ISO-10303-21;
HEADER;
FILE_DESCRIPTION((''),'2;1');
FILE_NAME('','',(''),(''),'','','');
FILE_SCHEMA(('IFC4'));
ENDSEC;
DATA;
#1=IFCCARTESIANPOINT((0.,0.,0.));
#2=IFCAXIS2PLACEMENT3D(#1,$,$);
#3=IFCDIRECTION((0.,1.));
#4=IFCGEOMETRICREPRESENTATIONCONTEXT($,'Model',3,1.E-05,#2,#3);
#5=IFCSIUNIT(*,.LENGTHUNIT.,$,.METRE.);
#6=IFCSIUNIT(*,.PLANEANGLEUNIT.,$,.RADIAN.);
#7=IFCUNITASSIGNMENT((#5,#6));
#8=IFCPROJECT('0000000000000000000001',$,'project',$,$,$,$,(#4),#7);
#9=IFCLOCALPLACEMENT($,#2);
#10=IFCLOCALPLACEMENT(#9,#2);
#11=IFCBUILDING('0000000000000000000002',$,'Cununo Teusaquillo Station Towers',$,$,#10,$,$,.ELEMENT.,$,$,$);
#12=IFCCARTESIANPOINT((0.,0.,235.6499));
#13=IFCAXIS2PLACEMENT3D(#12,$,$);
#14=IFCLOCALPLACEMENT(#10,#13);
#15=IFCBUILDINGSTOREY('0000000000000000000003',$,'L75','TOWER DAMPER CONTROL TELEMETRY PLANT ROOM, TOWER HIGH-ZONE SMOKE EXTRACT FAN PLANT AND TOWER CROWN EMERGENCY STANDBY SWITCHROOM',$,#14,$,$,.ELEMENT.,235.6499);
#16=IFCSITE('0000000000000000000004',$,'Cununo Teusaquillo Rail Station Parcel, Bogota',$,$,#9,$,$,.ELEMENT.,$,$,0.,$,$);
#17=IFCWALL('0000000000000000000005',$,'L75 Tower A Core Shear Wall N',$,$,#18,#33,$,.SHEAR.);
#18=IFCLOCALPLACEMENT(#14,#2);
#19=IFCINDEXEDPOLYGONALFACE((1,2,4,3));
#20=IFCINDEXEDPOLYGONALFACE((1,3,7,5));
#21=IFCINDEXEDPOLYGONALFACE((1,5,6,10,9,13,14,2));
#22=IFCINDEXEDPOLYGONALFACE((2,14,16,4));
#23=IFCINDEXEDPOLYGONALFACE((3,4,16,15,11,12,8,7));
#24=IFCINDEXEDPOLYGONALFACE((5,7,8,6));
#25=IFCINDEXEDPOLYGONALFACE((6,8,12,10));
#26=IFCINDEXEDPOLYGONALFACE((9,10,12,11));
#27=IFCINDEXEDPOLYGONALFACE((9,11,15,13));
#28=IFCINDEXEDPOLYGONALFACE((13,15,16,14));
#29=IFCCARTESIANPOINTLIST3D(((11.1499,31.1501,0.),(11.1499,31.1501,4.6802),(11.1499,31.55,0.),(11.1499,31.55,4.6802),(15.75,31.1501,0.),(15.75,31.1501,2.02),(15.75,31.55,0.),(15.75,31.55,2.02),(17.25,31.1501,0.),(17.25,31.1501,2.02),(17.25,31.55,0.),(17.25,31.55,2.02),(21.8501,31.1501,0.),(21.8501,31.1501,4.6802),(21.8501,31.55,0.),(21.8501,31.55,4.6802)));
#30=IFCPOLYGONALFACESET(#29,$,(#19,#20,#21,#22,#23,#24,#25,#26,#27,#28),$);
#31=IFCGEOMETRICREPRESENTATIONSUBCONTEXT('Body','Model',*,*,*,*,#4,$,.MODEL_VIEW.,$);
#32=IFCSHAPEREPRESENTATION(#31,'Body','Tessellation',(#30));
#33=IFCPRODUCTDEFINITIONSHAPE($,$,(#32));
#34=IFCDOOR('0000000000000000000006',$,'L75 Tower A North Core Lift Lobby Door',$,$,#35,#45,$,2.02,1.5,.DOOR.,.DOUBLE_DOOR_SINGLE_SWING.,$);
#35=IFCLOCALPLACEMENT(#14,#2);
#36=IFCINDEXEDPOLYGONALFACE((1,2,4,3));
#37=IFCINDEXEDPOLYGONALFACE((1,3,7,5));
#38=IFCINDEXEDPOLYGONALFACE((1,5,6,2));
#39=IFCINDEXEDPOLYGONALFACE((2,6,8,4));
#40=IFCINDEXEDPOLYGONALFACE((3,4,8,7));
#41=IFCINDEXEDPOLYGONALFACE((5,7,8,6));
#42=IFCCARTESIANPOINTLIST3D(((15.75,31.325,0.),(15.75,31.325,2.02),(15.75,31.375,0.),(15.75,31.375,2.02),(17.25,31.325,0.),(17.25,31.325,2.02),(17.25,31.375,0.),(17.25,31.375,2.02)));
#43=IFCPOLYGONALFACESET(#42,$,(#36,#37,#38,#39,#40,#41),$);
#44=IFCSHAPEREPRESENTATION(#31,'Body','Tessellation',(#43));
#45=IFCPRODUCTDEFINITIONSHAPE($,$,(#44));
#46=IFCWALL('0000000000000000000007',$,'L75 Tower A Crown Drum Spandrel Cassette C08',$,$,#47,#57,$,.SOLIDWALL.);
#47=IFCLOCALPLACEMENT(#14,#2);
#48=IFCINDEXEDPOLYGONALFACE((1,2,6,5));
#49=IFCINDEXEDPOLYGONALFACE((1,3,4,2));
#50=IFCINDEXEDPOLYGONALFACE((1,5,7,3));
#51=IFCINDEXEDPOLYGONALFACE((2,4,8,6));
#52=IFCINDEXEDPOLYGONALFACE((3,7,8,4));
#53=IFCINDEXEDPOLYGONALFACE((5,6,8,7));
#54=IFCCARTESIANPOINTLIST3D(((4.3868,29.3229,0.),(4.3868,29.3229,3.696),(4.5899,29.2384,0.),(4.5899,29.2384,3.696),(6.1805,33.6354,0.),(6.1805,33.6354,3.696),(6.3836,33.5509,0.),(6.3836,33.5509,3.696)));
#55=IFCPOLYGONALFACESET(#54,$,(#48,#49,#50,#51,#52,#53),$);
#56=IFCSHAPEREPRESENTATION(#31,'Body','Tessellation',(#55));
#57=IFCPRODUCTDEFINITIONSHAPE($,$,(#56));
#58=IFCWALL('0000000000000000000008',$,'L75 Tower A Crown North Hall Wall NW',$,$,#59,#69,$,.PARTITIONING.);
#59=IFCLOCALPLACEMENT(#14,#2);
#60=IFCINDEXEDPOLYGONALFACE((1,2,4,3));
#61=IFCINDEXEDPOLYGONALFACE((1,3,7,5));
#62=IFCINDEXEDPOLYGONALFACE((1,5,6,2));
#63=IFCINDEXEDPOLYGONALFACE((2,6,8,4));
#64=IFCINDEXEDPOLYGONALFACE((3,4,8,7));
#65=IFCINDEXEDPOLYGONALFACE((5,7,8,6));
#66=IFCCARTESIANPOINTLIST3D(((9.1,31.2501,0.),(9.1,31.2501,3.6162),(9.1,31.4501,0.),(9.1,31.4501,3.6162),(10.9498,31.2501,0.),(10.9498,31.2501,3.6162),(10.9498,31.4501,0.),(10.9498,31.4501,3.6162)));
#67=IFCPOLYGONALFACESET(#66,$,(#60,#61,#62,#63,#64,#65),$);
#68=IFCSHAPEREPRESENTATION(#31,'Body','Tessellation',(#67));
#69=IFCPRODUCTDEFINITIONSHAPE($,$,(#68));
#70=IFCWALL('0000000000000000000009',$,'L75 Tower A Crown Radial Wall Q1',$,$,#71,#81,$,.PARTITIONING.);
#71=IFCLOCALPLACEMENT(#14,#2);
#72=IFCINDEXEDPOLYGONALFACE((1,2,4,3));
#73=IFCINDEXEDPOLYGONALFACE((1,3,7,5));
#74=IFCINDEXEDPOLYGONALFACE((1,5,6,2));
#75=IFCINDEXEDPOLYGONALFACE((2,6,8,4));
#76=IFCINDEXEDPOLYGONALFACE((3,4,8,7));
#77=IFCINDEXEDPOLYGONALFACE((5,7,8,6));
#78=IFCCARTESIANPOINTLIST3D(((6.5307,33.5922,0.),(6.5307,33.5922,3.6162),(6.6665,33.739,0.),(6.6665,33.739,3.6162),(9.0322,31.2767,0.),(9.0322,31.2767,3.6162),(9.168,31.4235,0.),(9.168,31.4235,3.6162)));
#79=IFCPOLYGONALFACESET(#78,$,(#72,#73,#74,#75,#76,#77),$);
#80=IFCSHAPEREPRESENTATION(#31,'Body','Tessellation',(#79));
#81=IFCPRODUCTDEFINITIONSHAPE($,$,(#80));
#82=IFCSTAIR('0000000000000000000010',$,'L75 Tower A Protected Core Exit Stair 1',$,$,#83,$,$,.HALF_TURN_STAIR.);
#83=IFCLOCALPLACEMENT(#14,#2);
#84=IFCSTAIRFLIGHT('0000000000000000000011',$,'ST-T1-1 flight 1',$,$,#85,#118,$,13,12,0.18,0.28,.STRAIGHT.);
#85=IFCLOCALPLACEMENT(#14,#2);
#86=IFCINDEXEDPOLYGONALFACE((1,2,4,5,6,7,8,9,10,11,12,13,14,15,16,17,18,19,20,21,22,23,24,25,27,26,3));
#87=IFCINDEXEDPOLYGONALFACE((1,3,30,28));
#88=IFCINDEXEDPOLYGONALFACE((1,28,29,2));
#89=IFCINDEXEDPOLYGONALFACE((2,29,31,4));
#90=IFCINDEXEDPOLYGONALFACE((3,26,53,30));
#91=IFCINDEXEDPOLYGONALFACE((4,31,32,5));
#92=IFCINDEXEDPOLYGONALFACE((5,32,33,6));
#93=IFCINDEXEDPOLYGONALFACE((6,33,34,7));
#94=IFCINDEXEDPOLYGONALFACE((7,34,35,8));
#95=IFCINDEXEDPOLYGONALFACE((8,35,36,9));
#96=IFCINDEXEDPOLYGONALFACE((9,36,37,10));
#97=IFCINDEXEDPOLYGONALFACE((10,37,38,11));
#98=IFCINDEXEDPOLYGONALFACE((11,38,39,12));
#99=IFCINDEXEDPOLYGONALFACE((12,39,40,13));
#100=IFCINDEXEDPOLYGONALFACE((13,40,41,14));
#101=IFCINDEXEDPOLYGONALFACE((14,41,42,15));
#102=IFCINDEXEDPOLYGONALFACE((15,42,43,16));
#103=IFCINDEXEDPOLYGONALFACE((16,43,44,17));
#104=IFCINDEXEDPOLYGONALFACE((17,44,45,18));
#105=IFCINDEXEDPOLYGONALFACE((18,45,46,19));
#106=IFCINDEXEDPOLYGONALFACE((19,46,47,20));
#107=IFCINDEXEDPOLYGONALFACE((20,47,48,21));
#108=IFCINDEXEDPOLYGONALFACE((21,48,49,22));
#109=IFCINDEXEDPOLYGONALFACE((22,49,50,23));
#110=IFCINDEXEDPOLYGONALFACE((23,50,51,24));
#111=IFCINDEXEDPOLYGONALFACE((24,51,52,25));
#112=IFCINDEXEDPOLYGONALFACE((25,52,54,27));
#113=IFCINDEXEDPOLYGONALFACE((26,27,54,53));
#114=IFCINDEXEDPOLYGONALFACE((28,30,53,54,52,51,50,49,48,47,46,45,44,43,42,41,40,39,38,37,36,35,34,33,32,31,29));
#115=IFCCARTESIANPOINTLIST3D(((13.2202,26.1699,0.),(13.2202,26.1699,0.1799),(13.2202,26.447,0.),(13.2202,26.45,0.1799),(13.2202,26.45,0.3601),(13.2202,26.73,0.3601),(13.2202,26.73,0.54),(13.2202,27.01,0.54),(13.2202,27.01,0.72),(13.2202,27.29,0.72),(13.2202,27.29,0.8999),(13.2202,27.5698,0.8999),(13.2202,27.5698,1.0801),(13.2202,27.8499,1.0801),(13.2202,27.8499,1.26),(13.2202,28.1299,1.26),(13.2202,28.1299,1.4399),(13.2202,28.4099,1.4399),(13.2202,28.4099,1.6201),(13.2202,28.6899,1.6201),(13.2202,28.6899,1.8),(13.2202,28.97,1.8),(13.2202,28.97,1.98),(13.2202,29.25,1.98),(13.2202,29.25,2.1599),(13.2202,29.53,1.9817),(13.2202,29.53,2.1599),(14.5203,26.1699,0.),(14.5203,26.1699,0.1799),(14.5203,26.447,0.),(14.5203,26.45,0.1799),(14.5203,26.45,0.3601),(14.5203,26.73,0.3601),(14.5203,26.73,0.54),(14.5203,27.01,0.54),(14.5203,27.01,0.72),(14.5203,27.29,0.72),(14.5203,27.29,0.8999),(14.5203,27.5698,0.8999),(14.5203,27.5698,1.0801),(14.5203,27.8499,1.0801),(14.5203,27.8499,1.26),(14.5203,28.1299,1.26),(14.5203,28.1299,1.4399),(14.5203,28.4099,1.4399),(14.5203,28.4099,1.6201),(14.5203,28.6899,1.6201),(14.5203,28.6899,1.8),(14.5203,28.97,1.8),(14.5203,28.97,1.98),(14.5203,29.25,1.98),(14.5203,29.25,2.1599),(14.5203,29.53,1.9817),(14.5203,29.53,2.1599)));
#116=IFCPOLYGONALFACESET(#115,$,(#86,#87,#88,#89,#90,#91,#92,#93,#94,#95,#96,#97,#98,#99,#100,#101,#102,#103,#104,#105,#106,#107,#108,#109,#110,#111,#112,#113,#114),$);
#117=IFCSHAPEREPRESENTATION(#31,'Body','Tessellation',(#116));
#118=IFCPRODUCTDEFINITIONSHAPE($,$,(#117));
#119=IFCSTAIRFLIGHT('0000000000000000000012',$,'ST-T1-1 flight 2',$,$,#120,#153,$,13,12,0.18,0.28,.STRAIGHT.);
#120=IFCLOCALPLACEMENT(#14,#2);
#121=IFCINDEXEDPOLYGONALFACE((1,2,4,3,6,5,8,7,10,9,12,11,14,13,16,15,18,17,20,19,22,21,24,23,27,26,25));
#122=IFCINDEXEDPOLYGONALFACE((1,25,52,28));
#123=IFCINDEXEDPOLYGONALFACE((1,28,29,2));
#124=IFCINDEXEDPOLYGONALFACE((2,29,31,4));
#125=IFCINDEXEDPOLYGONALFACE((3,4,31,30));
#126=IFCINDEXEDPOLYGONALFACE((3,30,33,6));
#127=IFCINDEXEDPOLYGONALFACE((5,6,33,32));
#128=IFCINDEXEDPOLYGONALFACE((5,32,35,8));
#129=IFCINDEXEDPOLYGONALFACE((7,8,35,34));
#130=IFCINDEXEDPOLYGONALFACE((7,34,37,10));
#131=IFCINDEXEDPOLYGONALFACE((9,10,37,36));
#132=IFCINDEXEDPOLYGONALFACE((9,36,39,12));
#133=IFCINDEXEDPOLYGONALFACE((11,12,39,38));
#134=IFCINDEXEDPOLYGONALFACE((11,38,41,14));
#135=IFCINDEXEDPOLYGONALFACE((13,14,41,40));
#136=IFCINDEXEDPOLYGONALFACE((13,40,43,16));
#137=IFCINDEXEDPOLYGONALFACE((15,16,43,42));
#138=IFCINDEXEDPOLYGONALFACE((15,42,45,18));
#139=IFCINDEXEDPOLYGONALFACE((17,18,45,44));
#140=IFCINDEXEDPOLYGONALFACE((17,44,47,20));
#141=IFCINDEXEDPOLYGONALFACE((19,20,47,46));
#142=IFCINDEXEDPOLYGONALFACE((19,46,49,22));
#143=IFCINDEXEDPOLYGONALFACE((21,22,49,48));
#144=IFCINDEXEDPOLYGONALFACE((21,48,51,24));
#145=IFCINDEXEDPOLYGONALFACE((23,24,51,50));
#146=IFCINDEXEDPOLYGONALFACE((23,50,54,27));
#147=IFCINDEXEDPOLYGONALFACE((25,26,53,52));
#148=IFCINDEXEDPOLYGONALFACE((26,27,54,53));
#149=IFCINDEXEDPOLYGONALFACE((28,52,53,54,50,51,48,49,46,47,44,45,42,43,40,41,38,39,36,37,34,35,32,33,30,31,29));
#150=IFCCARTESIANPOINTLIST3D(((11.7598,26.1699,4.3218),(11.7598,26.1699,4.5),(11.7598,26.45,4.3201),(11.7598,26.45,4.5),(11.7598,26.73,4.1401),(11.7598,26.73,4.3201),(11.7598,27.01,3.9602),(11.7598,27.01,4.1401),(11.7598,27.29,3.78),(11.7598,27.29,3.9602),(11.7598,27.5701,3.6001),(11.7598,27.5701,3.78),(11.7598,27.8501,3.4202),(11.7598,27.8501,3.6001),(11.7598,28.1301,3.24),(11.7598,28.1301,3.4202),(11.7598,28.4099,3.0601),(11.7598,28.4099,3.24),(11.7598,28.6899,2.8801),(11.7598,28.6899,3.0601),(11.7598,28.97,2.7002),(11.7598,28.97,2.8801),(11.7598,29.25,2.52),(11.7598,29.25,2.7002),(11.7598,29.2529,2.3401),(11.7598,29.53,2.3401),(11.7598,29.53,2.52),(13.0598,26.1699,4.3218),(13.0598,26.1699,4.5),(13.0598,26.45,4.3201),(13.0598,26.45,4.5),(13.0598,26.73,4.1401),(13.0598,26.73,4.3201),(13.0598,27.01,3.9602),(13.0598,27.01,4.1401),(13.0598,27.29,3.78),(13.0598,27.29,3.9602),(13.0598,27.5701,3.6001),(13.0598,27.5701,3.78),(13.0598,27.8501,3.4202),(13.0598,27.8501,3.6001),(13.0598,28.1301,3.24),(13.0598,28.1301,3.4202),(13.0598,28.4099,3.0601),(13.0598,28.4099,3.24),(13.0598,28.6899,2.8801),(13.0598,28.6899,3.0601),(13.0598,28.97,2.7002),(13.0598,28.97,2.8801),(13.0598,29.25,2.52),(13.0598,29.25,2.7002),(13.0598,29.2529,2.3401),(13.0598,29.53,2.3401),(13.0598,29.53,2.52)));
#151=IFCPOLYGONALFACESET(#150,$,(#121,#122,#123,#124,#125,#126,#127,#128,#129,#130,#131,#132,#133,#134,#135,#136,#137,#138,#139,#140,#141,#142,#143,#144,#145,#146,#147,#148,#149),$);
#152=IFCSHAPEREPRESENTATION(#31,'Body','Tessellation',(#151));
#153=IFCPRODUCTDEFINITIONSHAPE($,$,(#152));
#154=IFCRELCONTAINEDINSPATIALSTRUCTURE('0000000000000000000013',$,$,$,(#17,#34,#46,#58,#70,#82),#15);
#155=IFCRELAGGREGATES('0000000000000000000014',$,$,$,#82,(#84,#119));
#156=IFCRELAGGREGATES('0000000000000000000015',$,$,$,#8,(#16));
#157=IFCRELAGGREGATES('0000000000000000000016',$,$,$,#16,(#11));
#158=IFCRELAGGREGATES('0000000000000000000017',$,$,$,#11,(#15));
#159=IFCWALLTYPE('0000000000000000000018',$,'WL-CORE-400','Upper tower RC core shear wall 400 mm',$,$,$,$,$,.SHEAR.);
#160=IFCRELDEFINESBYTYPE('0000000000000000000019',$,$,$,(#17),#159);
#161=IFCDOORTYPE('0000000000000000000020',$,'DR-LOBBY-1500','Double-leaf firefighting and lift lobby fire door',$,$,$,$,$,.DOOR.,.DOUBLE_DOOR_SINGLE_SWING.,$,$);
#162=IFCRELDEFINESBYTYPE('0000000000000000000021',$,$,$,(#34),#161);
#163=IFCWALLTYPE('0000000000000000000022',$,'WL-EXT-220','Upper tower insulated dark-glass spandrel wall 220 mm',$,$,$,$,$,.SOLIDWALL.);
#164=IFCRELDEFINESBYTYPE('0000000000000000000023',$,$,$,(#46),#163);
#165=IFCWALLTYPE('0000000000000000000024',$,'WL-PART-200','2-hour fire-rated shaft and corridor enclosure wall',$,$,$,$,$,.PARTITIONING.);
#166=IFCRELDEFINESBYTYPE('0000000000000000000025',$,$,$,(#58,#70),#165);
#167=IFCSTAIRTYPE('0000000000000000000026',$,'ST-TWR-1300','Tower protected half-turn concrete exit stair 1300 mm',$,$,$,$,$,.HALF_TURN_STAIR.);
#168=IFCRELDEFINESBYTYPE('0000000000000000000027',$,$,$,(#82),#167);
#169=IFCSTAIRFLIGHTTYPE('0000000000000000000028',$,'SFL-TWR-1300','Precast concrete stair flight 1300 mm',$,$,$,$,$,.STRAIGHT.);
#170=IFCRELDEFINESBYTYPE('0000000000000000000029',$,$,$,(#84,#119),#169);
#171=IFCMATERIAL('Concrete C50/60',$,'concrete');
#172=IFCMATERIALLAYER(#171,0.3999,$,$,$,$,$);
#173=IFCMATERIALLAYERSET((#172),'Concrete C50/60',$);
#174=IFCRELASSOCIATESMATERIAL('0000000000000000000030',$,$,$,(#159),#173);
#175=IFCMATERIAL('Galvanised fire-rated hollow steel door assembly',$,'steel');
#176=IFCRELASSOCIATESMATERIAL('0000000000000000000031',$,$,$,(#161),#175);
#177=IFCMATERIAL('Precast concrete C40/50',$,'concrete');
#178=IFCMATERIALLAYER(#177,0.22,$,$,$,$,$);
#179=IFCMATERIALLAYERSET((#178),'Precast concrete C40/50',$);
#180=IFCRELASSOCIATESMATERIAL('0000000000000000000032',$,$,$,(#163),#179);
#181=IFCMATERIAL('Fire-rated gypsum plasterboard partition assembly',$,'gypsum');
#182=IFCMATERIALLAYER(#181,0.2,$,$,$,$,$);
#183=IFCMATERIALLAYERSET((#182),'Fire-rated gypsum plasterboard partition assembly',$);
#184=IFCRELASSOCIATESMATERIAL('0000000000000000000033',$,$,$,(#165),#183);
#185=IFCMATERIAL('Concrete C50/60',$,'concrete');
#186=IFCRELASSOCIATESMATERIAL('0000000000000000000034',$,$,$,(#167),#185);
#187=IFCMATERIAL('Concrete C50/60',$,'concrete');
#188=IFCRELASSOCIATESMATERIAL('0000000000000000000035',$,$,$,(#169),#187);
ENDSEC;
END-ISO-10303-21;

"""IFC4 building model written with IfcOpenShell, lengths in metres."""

from ifc_helpers import new_model, si_unit, direction, frame, frame_2d, origin, place, context, subcontext, project, spatial, polyline, rectangle, outline, extrude, source, transform, mapped, material, layer, layer_set, type_object, element, fill, aggregate, save


model = new_model("IFC4")

# Units and contexts
model_context = context("Model", 3, precision=1e-05, world=origin(), true_north=direction((0.0, 1.0)))
body_context = subcontext(model_context, "Body", "Model", "MODEL_VIEW")
ifc_project = project(units=[si_unit("LENGTHUNIT", "METRE"), si_unit("PLANEANGLEUNIT", "RADIAN")], contexts=[model_context])

# Site, building, storey
site_placement = place(None, origin())
site = spatial("IfcSite", under=ifc_project, at=site_placement, Name="Cununo Teusaquillo Rail Station Parcel, Bogota", CompositionType="ELEMENT", RefElevation=0.0)
building_placement = place(site_placement, origin())
building = spatial("IfcBuilding", under=site, at=building_placement, Name="Cununo Teusaquillo Station Towers", CompositionType="ELEMENT")
storey_placement = place(building_placement, frame((0.0, 0.0, 235.6499)))
storey = spatial("IfcBuildingStorey", under=building, at=storey_placement, Name="L75", Description="TOWER DAMPER CONTROL TELEMETRY PLANT ROOM, TOWER HIGH-ZONE SMOKE EXTRACT FAN PLANT AND TOWER CROWN EMERGENCY STANDBY SWITCHROOM", CompositionType="ELEMENT", Elevation=235.6499)

# Wall, opening, door
ifc_material_1 = material(Name="Concrete C50/60", Category="concrete")
ifc_layer_1 = layer(ifc_material_1, 0.3999)
ifc_layer_set_1 = layer_set([ifc_layer_1], Name="Concrete C50/60")
wall_type_1 = type_object("IfcWallType", Name="WL-CORE-400", Description="Upper tower RC core shear wall 400 mm", PredefinedType="SHEAR", material=ifc_layer_set_1)
wall_1_placement = place(storey_placement, frame((11.1499, 31.3501, 0.0), z_axis=(0.0, 0.0, 1.0), x_axis=(1.0, 0.0, 0.0)))
wall_1 = element("IfcWall", 1, at=wall_1_placement, inside=storey, type_object=wall_type_1, Name="L75 Tower A Core Shear Wall N", PredefinedType="SHEAR", context=body_context, shape_type="SweptSolid", body=[
    extrude(rectangle(XDim=10.7002, YDim=0.3999, at=frame_2d((5.3501, 0.0))), origin(), (0.0, 0.0, 1.0), 4.6802),
])
shared_shape_1 = source(origin(), body_context, "Body", "SweptSolid", [
    extrude(rectangle(XDim=1.5, YDim=2.02, at=frame_2d((0.75, 1.01))), frame((0.0, 0.21, 0.0), z_axis=(0.0, -1.0, 0.0), x_axis=(1.0, 0.0, 0.0)), (0.0, 0.0, 1.0), 0.4199),
])
opening_placement = place(wall_1_placement, frame((4.6001, 0.0, 0.0)))
opening = element("IfcOpeningElement", 2, at=opening_placement, cuts=wall_1, PredefinedType="OPENING", context=body_context, shape_type="MappedRepresentation", body=[
    mapped(shared_shape_1, transform((0.0, 0.0, 0.0), x_axis=(1.0, 0.0, 0.0), y_axis=(0.0, 1.0, 0.0), z_axis=(0.0, 0.0, 1.0), scale=1.0)),
])
ifc_material_2 = material(Name="Galvanised fire-rated hollow steel door assembly", Category="steel")
door_type = type_object("IfcDoorType", Name="DR-LOBBY-1500", Description="Double-leaf firefighting and lift lobby fire door", OperationType="DOUBLE_DOOR_SINGLE_SWING", PredefinedType="DOOR", material=ifc_material_2)
shared_shape_2 = source(origin(), body_context, "Body", "SweptSolid", [
    extrude(rectangle(XDim=1.5, YDim=2.02, at=frame_2d((0.75, 1.01))), frame((0.0, 0.0249, 0.0), z_axis=(0.0, -1.0, 0.0), x_axis=(1.0, 0.0, 0.0)), (0.0, 0.0, 1.0), 0.05),
])
door_placement = place(opening_placement, origin())
door = element("IfcDoor", 3, at=door_placement, inside=storey, type_object=door_type, Name="L75 Tower A North Core Lift Lobby Door", OperationType="DOUBLE_DOOR_SINGLE_SWING", OverallHeight=2.02, OverallWidth=1.5, PredefinedType="DOOR", context=body_context, shape_type="MappedRepresentation", body=[
    mapped(shared_shape_2, transform((0.0, 0.0, 0.0), x_axis=(1.0, 0.0, 0.0), y_axis=(0.0, 1.0, 0.0), z_axis=(0.0, 0.0, 1.0), scale=1.0)),
])
fill(opening, door)

# Walls
ifc_material_3 = material(Name="Precast concrete C40/50", Category="concrete")
ifc_layer_2 = layer(ifc_material_3, 0.22)
ifc_layer_set_2 = layer_set([ifc_layer_2], Name="Precast concrete C40/50")
wall_type_2 = type_object("IfcWallType", Name="WL-EXT-220", Description="Upper tower insulated dark-glass spandrel wall 220 mm", PredefinedType="SOLIDWALL", material=ifc_layer_set_2)
wall_2_placement = place(storey_placement, frame((4.4883, 29.2805, 0.0), z_axis=(0.0, 0.0, 1.0), x_axis=(0.384036, 0.923318, 0.0)))
element("IfcWall", 4, at=wall_2_placement, inside=storey, type_object=wall_type_2, Name="L75 Tower A Crown Drum Spandrel Cassette C08", PredefinedType="SOLIDWALL", context=body_context, shape_type="SweptSolid", body=[
    extrude(rectangle(XDim=4.6707, YDim=0.22, at=frame_2d((2.3354, 0.0))), origin(), (0.0, 0.0, 1.0), 3.696),
])
ifc_material_4 = material(Name="Fire-rated gypsum plasterboard partition assembly", Category="gypsum")
ifc_layer_3 = layer(ifc_material_4, 0.2)
ifc_layer_set_3 = layer_set([ifc_layer_3], Name="Fire-rated gypsum plasterboard partition assembly")
wall_type_3 = type_object("IfcWallType", Name="WL-PART-200", Description="2-hour fire-rated shaft and corridor enclosure wall", PredefinedType="PARTITIONING", material=ifc_layer_set_3)
wall_3_placement = place(storey_placement, frame((9.1001, 31.3501, 0.0), z_axis=(0.0, 0.0, 1.0), x_axis=(1.0, 0.0, 0.0)))
element("IfcWall", 5, at=wall_3_placement, inside=storey, type_object=wall_type_3, Name="L75 Tower A Crown North Hall Wall NW", PredefinedType="PARTITIONING", context=body_context, shape_type="SweptSolid", body=[
    extrude(rectangle(XDim=1.8499, YDim=0.2, at=frame_2d((0.9248, 0.0))), origin(), (0.0, 0.0, 1.0), 3.6162),
])
wall_4_placement = place(storey_placement, frame((9.1001, 31.3501, 0.0), z_axis=(0.0, 0.0, 1.0), x_axis=(-0.733869, 0.679291, 0.0)))
element("IfcWall", 6, at=wall_4_placement, inside=storey, type_object=wall_type_3, Name="L75 Tower A Crown Radial Wall Q1", PredefinedType="PARTITIONING", context=body_context, shape_type="SweptSolid", body=[
    extrude(rectangle(XDim=3.4087, YDim=0.2, at=frame_2d((1.7043, 0.0))), origin(), (0.0, 0.0, 1.0), 3.6162),
])

# Stair, stair flights
ifc_material_5 = material(Name="Concrete C50/60", Category="concrete")
stair_type = type_object("IfcStairType", Name="ST-TWR-1300", Description="Tower protected half-turn concrete exit stair 1300 mm", PredefinedType="HALF_TURN_STAIR", material=ifc_material_5)
stair_placement = place(storey_placement, origin())
stair = element("IfcStair", 7, at=stair_placement, inside=storey, type_object=stair_type, Name="L75 Tower A Protected Core Exit Stair 1", PredefinedType="HALF_TURN_STAIR")
ifc_material_6 = material(Name="Concrete C50/60", Category="concrete")
stair_flight_type = type_object("IfcStairFlightType", Name="SFL-TWR-1300", Description="Precast concrete stair flight 1300 mm", PredefinedType="STRAIGHT", material=ifc_material_6)
stair_flight_1_placement = place(storey_placement, frame((13.8701, 26.1699, 0.0), z_axis=(0.0, 0.0, 1.0), x_axis=(0.0, 1.0, 0.0)))
stair_flight_1 = element("IfcStairFlight", 8, at=stair_flight_1_placement, type_object=stair_flight_type, Name="ST-T1-1 flight 1", NumberOfRisers=13, NumberOfTreads=12, PredefinedType="STRAIGHT", RiserHeight=0.18, TreadLength=0.28, context=body_context, shape_type="SweptSolid", body=[
    extrude(outline(polyline([(0.0, 0.0), (0.0, 0.1799), (0.28, 0.1799), (0.28, 0.3601), (0.5601, 0.3601), (0.5601, 0.54), (0.8401, 0.54), (0.8401, 0.72), (1.1201, 0.72), (1.1201, 0.8999), (1.3999, 0.8999), (1.3999, 1.0801), (1.6799, 1.0801), (1.6799, 1.26), (1.96, 1.26), (1.96, 1.4399), (2.24, 1.4399), (2.24, 1.6201), (2.52, 1.6201), (2.52, 1.8), (2.8, 1.8), (2.8, 1.98), (3.0801, 1.98), (3.0801, 2.1599), (3.3601, 2.1599), (3.3601, 2.3401), (3.3601, 1.9817), (0.2771, 0.0), (0.0, 0.0)])), frame((0.0, 0.6499, 0.0), z_axis=(0.0, -1.0, 0.0), x_axis=(1.0, 0.0, 0.0)), (0.0, 0.0, 1.0), 1.3),
])
stair_flight_2_placement = place(storey_placement, frame((12.4099, 29.53, 2.3401), z_axis=(0.0, 0.0, 1.0), x_axis=(0.0, -1.0, 0.0)))
stair_flight_2 = element("IfcStairFlight", 9, at=stair_flight_2_placement, type_object=stair_flight_type, Name="ST-T1-1 flight 2", NumberOfRisers=13, NumberOfTreads=12, PredefinedType="STRAIGHT", RiserHeight=0.18, TreadLength=0.28, context=body_context, shape_type="SweptSolid", body=[
    extrude(outline(polyline([(0.0, 0.0), (0.0, 0.1799), (0.28, 0.1799), (0.28, 0.3601), (0.5601, 0.3601), (0.5601, 0.54), (0.8401, 0.54), (0.8401, 0.72), (1.1201, 0.72), (1.1201, 0.8999), (1.3999, 0.8999), (1.3999, 1.0801), (1.6799, 1.0801), (1.6799, 1.26), (1.96, 1.26), (1.96, 1.4399), (2.24, 1.4399), (2.24, 1.6201), (2.52, 1.6201), (2.52, 1.8), (2.8, 1.8), (2.8, 1.98), (3.0801, 1.98), (3.0801, 2.1599), (3.3601, 2.1599), (3.3601, 2.3401), (3.3601, 1.9817), (0.2771, 0.0), (0.0, 0.0)])), frame((0.0, 0.6499, 0.0), z_axis=(0.0, -1.0, 0.0), x_axis=(1.0, 0.0, 0.0)), (0.0, 0.0, 1.0), 1.3),
])
aggregate(stair, [stair_flight_1, stair_flight_2])

save(model, "model.ifc")
